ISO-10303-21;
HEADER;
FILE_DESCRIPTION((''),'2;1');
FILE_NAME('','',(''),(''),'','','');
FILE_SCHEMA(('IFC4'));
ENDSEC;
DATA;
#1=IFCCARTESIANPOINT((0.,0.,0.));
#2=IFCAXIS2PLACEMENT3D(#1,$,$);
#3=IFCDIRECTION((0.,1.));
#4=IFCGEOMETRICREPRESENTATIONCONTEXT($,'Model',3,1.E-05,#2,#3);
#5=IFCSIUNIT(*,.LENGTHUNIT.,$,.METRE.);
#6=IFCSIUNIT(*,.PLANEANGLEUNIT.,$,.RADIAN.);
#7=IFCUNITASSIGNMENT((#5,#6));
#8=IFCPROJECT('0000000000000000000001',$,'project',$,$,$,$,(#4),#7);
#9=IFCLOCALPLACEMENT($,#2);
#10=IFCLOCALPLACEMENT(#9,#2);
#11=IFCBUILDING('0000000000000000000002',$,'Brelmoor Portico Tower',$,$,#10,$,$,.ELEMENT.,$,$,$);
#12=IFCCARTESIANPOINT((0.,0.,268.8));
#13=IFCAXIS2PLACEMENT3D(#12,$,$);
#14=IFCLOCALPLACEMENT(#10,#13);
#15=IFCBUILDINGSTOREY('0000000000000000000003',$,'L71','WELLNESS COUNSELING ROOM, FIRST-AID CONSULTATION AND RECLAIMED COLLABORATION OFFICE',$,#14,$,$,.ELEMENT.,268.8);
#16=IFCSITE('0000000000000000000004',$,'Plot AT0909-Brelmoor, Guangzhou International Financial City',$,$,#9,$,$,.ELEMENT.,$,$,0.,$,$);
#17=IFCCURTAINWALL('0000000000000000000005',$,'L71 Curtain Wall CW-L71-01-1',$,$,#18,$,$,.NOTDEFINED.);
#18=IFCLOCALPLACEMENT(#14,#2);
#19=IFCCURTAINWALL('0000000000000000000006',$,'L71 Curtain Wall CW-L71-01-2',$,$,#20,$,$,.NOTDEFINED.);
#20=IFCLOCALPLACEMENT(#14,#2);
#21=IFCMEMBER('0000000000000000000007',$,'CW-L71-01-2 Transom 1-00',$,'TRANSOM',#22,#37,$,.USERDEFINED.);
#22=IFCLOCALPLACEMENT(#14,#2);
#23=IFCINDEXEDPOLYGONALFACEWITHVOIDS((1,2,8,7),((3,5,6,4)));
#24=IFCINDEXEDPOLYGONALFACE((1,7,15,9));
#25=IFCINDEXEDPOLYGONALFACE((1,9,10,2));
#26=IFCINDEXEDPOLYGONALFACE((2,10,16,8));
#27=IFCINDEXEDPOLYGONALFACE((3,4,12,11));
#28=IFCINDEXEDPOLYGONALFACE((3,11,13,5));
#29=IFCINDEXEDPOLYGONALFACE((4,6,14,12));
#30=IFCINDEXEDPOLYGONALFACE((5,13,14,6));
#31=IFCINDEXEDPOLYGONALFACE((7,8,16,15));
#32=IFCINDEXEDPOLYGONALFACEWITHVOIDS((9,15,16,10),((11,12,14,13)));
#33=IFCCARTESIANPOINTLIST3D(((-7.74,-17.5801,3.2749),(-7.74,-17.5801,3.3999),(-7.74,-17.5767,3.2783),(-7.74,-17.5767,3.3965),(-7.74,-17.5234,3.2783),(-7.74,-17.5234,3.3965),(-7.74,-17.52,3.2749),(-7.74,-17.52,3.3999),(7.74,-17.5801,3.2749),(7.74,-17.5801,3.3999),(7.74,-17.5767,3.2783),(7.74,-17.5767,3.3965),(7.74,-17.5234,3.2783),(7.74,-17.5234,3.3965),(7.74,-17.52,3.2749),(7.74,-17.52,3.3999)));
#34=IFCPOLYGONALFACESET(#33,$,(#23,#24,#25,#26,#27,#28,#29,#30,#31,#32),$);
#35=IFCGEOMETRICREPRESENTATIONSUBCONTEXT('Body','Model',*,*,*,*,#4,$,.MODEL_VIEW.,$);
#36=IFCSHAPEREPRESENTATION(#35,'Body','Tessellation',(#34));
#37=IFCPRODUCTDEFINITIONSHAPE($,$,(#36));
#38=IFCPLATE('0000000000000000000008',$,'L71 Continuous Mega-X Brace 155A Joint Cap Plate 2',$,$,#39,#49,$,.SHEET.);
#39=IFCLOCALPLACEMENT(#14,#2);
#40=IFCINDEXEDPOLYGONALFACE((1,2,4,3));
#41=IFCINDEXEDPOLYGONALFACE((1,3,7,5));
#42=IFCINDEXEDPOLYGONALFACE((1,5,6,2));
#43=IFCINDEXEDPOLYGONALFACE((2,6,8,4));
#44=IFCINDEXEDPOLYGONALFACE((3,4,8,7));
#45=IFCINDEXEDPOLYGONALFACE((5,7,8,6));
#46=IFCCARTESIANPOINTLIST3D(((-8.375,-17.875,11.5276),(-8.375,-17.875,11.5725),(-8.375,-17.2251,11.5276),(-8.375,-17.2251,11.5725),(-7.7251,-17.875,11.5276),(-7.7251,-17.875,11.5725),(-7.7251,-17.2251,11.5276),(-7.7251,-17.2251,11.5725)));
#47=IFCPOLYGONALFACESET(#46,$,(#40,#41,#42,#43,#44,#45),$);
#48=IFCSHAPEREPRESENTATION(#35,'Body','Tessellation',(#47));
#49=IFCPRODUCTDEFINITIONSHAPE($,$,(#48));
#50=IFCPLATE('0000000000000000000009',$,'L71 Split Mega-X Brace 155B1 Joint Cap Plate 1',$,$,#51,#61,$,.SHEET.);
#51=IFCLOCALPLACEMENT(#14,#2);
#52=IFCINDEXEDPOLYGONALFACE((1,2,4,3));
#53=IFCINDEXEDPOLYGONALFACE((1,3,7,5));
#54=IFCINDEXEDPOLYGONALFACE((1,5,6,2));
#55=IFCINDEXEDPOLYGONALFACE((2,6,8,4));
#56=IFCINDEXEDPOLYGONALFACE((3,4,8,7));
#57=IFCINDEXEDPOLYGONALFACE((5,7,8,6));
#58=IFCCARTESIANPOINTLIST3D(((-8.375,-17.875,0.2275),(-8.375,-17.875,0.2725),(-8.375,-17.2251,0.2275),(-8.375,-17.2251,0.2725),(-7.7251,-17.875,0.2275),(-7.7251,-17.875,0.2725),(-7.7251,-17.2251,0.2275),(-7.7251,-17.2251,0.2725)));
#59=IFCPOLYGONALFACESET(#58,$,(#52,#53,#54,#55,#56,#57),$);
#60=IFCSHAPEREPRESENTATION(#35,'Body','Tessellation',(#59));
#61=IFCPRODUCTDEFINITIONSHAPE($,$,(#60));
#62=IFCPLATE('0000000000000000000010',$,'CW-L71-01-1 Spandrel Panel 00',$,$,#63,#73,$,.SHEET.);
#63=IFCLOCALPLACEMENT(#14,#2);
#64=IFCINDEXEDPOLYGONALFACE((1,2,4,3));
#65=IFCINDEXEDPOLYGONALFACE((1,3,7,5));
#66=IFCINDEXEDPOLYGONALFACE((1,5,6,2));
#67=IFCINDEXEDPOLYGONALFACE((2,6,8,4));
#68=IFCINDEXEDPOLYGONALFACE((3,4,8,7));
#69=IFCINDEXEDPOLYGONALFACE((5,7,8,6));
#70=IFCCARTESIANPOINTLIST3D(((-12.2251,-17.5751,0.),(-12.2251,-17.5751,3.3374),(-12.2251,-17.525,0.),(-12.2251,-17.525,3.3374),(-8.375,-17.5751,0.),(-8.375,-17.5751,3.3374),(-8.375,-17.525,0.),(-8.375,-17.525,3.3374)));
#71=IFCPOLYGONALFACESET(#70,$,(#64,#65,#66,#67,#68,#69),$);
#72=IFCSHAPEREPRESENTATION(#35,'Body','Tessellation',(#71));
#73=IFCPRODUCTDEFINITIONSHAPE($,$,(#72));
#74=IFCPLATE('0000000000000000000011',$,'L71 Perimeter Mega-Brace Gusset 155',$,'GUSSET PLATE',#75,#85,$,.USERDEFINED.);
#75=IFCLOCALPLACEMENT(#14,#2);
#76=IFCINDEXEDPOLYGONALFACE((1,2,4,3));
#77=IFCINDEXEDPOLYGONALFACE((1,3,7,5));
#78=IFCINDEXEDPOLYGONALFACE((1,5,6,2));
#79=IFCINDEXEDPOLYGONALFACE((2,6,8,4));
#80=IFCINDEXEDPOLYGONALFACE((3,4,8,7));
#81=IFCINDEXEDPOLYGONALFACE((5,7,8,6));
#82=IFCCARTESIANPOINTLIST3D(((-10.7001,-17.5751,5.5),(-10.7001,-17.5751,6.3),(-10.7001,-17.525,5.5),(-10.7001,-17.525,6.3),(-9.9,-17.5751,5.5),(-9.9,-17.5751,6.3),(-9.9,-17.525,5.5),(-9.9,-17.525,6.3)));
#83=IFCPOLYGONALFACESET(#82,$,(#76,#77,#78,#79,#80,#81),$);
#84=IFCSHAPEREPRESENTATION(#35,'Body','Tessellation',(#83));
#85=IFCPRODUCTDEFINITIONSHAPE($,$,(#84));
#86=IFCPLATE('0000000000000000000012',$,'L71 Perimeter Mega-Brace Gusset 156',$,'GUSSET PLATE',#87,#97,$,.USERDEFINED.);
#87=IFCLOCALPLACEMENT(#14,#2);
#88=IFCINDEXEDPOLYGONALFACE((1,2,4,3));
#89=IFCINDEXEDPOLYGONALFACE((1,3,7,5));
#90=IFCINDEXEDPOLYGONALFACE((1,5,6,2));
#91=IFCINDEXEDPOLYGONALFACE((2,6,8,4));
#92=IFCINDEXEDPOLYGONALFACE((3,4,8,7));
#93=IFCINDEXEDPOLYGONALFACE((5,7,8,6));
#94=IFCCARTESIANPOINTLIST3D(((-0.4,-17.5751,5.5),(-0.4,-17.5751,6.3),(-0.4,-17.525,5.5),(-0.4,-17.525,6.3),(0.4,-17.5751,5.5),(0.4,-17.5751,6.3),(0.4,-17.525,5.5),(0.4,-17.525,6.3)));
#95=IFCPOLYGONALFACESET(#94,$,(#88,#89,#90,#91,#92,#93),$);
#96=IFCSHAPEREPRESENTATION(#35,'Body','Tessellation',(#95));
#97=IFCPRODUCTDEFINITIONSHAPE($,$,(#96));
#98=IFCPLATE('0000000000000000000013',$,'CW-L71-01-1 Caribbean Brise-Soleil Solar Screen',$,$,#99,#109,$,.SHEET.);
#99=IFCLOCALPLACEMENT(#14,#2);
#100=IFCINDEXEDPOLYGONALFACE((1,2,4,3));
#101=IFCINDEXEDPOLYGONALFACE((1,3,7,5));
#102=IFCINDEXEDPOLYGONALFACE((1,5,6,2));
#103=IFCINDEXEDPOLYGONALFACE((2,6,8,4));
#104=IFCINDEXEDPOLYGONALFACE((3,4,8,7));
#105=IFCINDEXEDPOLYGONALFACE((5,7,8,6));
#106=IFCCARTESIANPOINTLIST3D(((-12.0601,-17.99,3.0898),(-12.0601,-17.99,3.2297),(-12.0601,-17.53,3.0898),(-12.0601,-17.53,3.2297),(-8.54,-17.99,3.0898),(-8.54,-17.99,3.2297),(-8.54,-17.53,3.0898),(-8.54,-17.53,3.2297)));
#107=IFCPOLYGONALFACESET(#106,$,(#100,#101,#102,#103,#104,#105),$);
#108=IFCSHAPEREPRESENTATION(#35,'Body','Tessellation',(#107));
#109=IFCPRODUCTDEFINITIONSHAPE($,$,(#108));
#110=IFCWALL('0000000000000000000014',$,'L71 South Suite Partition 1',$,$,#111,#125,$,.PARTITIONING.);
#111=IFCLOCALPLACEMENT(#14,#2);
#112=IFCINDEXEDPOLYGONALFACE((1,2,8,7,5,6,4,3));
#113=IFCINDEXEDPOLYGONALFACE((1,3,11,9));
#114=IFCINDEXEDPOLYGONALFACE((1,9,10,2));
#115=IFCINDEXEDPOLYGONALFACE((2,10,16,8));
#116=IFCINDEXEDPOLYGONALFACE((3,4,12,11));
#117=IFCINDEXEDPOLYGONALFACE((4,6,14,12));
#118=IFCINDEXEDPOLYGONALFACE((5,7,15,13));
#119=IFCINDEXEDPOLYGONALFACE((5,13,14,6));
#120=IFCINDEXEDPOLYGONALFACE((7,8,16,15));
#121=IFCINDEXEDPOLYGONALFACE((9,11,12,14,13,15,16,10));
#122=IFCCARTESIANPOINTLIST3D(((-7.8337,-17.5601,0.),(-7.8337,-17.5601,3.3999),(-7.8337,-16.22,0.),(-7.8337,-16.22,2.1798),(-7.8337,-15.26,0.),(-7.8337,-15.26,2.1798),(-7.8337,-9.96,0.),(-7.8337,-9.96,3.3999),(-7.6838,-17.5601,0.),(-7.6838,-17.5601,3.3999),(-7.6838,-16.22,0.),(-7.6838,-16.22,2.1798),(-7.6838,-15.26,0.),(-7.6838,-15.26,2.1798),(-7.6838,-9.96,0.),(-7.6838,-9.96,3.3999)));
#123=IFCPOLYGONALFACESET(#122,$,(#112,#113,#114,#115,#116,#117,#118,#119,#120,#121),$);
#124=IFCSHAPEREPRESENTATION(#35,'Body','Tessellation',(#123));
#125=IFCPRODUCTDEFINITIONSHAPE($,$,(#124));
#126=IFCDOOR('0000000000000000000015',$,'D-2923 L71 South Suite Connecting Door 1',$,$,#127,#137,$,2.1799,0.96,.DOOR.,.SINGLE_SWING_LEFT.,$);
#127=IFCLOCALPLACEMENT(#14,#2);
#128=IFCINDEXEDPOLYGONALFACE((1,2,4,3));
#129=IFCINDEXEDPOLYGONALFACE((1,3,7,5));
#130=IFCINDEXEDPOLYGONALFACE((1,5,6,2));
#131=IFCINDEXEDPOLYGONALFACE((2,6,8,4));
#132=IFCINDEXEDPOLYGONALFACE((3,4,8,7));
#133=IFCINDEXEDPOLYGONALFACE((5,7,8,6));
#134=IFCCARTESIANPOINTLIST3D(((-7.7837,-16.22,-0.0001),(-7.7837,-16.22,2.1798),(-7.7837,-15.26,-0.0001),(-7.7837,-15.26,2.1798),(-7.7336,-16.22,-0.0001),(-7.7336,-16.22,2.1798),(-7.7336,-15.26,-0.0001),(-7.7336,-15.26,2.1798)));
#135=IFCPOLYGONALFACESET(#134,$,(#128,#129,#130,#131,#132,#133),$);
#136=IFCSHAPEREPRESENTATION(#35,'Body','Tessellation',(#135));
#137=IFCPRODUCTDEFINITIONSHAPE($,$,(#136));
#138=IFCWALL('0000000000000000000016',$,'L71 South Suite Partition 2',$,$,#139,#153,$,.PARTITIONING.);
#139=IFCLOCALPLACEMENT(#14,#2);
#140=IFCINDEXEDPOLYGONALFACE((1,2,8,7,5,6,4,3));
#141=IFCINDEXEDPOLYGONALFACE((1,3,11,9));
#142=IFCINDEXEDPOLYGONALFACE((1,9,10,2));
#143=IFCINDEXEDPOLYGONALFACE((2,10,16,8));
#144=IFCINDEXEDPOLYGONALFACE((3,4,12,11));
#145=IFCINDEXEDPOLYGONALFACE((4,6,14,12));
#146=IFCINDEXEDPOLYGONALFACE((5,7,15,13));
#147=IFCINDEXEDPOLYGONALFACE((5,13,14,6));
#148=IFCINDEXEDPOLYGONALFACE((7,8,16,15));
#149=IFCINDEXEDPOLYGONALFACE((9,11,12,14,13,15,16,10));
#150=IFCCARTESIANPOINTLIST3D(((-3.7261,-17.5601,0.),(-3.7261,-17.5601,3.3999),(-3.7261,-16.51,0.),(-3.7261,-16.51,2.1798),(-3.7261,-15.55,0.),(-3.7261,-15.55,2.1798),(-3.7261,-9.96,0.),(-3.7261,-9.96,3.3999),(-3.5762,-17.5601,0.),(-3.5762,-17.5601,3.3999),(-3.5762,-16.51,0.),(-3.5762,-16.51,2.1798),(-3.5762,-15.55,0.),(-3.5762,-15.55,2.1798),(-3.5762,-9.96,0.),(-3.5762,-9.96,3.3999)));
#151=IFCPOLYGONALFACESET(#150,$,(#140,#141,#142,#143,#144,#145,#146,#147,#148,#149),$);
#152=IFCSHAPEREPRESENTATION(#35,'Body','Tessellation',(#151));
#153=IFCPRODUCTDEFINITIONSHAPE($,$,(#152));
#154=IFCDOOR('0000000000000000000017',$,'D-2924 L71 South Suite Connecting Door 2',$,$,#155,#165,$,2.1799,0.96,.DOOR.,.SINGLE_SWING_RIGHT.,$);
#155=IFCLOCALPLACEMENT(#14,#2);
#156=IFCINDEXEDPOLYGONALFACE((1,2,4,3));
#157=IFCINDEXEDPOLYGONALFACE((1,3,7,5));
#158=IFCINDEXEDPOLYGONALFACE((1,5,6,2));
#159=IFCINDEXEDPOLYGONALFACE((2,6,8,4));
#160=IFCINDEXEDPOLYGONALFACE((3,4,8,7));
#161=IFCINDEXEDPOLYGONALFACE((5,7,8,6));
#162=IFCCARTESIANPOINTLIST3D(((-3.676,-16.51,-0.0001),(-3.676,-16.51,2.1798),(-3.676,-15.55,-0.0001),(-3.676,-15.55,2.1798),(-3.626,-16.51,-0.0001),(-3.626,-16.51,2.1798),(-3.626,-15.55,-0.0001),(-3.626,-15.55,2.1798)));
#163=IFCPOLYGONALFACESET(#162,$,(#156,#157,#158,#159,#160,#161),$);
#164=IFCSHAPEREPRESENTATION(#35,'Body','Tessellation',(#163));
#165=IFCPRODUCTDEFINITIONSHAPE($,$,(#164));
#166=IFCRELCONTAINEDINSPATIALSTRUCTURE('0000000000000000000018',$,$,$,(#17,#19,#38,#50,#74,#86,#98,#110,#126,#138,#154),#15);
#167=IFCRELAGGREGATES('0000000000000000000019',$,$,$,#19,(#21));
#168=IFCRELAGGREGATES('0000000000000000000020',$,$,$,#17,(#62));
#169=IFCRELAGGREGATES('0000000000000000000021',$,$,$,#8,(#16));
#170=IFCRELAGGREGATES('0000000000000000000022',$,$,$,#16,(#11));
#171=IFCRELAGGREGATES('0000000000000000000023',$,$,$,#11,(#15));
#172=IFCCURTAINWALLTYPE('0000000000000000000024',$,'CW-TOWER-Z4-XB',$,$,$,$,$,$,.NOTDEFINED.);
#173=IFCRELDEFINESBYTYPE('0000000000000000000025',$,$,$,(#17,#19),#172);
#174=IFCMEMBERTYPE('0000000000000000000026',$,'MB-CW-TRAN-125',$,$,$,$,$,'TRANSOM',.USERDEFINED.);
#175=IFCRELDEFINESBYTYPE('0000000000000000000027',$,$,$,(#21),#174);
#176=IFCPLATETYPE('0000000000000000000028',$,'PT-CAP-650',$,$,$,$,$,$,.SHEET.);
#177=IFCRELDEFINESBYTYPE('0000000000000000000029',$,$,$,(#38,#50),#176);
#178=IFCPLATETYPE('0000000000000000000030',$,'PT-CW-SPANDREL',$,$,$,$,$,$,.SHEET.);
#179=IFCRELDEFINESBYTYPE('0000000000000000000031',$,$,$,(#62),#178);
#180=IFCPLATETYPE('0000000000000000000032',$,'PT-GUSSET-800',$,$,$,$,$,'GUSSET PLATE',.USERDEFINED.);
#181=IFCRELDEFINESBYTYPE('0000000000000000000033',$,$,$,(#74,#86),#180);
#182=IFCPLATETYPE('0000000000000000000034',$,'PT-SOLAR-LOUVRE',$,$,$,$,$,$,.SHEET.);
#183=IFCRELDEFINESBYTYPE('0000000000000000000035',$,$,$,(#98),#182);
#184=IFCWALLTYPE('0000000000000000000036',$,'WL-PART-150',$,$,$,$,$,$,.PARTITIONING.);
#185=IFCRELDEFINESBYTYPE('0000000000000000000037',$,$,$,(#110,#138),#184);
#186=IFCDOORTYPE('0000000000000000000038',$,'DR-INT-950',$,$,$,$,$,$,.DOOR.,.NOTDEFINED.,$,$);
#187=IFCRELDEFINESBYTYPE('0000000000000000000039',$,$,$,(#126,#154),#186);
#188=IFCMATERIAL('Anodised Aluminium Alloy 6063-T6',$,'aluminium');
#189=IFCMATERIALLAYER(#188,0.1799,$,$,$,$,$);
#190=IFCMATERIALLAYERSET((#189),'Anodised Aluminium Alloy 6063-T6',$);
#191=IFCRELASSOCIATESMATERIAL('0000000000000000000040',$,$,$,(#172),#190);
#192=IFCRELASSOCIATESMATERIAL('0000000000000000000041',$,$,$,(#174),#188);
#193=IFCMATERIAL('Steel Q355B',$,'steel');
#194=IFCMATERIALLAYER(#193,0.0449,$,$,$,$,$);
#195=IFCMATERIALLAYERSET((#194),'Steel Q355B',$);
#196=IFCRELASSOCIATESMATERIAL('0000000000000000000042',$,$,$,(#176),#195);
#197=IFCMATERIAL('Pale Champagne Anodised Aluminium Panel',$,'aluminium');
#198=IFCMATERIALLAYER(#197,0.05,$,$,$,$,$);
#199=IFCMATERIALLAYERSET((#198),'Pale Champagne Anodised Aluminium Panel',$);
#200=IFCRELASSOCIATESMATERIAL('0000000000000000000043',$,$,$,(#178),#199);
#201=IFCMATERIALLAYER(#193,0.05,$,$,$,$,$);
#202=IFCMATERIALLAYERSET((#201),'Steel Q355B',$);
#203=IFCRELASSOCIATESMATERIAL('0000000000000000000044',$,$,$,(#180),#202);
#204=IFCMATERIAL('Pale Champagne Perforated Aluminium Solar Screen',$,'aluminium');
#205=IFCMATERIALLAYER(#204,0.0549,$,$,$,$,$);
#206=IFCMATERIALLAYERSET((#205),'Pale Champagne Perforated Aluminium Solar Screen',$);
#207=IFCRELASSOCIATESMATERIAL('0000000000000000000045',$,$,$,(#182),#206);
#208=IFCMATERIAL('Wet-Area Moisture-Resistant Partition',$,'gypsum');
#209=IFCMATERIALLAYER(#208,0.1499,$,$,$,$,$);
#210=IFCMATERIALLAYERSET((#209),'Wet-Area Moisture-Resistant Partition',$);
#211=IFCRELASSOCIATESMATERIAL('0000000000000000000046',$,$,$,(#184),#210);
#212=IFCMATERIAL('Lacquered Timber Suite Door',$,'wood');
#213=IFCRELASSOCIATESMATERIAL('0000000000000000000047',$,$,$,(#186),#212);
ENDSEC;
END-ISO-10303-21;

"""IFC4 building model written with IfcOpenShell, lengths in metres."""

from ifc_helpers import new_model, si_unit, direction, frame, frame_2d, origin, origin_2d, place, context, subcontext, project, spatial, rectangle, hollow_rectangle, extrude, material, layer, layer_set, material_profile, profile_set, type_object, element, fill, aggregate, save


model = new_model("IFC4")

# Units and contexts
model_context = context("Model", 3, precision=1e-05, world=origin(), true_north=direction((0.0, 1.0)))
body_context = subcontext(model_context, "Body", "Model", "MODEL_VIEW")
ifc_project = project(units=[si_unit("LENGTHUNIT", "METRE"), si_unit("PLANEANGLEUNIT", "RADIAN")], contexts=[model_context])

# Site, building, storey
site_placement = place(None, origin())
site = spatial("IfcSite", under=ifc_project, at=site_placement, Name="Plot AT0909-Brelmoor, Guangzhou International Financial City", CompositionType="ELEMENT", RefElevation=0.0)
building_placement = place(site_placement, origin())
building = spatial("IfcBuilding", under=site, at=building_placement, Name="Brelmoor Portico Tower", CompositionType="ELEMENT")
storey_placement = place(building_placement, frame((0.0, 0.0, 268.8)))
storey = spatial("IfcBuildingStorey", under=building, at=storey_placement, Name="L71", Description="WELLNESS COUNSELING ROOM, FIRST-AID CONSULTATION AND RECLAIMED COLLABORATION OFFICE", CompositionType="ELEMENT", Elevation=268.8)

# Shared definitions
ifc_material_1 = material(Name="Steel Q355B", Category="steel")

# Curtain wall
ifc_material_2 = material(Name="Anodised Aluminium Alloy 6063-T6", Category="aluminium")
ifc_layer_1 = layer(ifc_material_2, 0.1799)
ifc_layer_set_1 = layer_set([ifc_layer_1], Name="Anodised Aluminium Alloy 6063-T6")
curtain_wall_type = type_object("IfcCurtainWallType", Name="CW-TOWER-Z4-XB", PredefinedType="NOTDEFINED", material=ifc_layer_set_1)
curtain_wall_1_placement = place(storey_placement, origin())
curtain_wall_1 = element("IfcCurtainWall", 1, at=curtain_wall_1_placement, inside=storey, type_object=curtain_wall_type, Name="L71 Curtain Wall CW-L71-01-1", PredefinedType="NOTDEFINED")

# Curtain wall, member
curtain_wall_2_placement = place(storey_placement, origin())
curtain_wall_2 = element("IfcCurtainWall", 2, at=curtain_wall_2_placement, inside=storey, type_object=curtain_wall_type, Name="L71 Curtain Wall CW-L71-01-2", PredefinedType="NOTDEFINED")
ifc_material_profile_1 = material_profile(ifc_material_2, hollow_rectangle(XDim=0.0601, YDim=0.125, WallThickness=0.0034, at=origin_2d()), Name="ALU TRANSOM 60x125")
ifc_profile_set_1 = profile_set([ifc_material_profile_1], Name="Anodised Aluminium Alloy 6063-T6")
member_type_1 = type_object("IfcMemberType", Name="MB-CW-TRAN-125", ElementType="TRANSOM", PredefinedType="USERDEFINED", material=ifc_profile_set_1)
member_1_placement = place(storey_placement, frame((-7.74, -17.55, 3.3374), z_axis=(1.0, 0.0, 0.0), x_axis=(0.0, 1.0, 0.0)))
member_1 = element("IfcMember", 3, at=member_1_placement, type_object=member_type_1, Name="CW-L71-01-2 Transom 1-00", ObjectType="TRANSOM", PredefinedType="USERDEFINED", context=body_context, shape_type="SweptSolid", body=[
    extrude(hollow_rectangle(XDim=0.0601, YDim=0.125, WallThickness=0.0034, at=origin_2d()), origin(), (0.0, 0.0, 1.0), 15.48),
])
aggregate(curtain_wall_2, [member_1])

# Plates
ifc_layer_2 = layer(ifc_material_1, 0.0449)
ifc_layer_set_2 = layer_set([ifc_layer_2], Name="Steel Q355B")
plate_type_1 = type_object("IfcPlateType", Name="PT-CAP-650", PredefinedType="SHEET", material=ifc_layer_set_2)
for number, where, z_axis, x_axis, name in (
    (4, (-8.05, -17.55, 11.5276), (0.0, 0.0, 1.0), (1.0, 0.0, 0.0), "L71 Continuous Mega-X Brace 155A Joint Cap Plate 2"),
    (5, (-8.05, -17.55, 0.2275), (0.0, 0.0, 1.0), (1.0, 0.0, 0.0), "L71 Split Mega-X Brace 155B1 Joint Cap Plate 1"),
):
    element("IfcPlate", number, at=place(storey_placement, frame(where, z_axis=z_axis, x_axis=x_axis)), inside=storey, type_object=plate_type_1, Name=name, PredefinedType="SHEET", context=body_context, shape_type="SweptSolid", body=[
        extrude(rectangle(XDim=0.6499, YDim=0.6499, at=origin_2d()), origin(), (0.0, 0.0, 1.0), 0.0449),
    ])

# Plate
ifc_material_3 = material(Name="Pale Champagne Anodised Aluminium Panel", Category="aluminium")
ifc_layer_3 = layer(ifc_material_3, 0.05)
ifc_layer_set_3 = layer_set([ifc_layer_3], Name="Pale Champagne Anodised Aluminium Panel")
plate_type_2 = type_object("IfcPlateType", Name="PT-CW-SPANDREL", PredefinedType="SHEET", material=ifc_layer_set_3)
plate_1_placement = place(storey_placement, frame((-10.3, -17.55, 0.0), z_axis=(0.0, 0.0, 1.0), x_axis=(1.0, 0.0, 0.0)))
plate_1 = element("IfcPlate", 6, at=plate_1_placement, type_object=plate_type_2, Name="CW-L71-01-1 Spandrel Panel 00", PredefinedType="SHEET", context=body_context, shape_type="SweptSolid", body=[
    extrude(rectangle(XDim=3.8501, YDim=0.05, at=origin_2d()), origin(), (0.0, 0.0, 1.0), 3.3374),
])
aggregate(curtain_wall_1, [plate_1])

# Plates
ifc_layer_4 = layer(ifc_material_1, 0.05)
ifc_layer_set_4 = layer_set([ifc_layer_4], Name="Steel Q355B")
plate_type_3 = type_object("IfcPlateType", Name="PT-GUSSET-800", ElementType="GUSSET PLATE", PredefinedType="USERDEFINED", material=ifc_layer_set_4)
for number, where, z_axis, x_axis, name in (
    (7, (-10.3, -17.55, 5.5), (0.0, 0.0, 1.0), (1.0, 0.0, 0.0), "L71 Perimeter Mega-Brace Gusset 155"),
    (8, (0.0, -17.55, 5.5), (0.0, 0.0, 1.0), (1.0, 0.0, 0.0), "L71 Perimeter Mega-Brace Gusset 156"),
):
    element("IfcPlate", number, at=place(storey_placement, frame(where, z_axis=z_axis, x_axis=x_axis)), inside=storey, type_object=plate_type_3, Name=name, ObjectType="GUSSET PLATE", PredefinedType="USERDEFINED", context=body_context, shape_type="SweptSolid", body=[
        extrude(rectangle(XDim=0.8, YDim=0.05, at=origin_2d()), origin(), (0.0, 0.0, 1.0), 0.8),
    ])
ifc_material_4 = material(Name="Pale Champagne Perforated Aluminium Solar Screen", Category="aluminium")
ifc_layer_5 = layer(ifc_material_4, 0.0549)
ifc_layer_set_5 = layer_set([ifc_layer_5], Name="Pale Champagne Perforated Aluminium Solar Screen")
plate_type_4 = type_object("IfcPlateType", Name="PT-SOLAR-LOUVRE", PredefinedType="SHEET", material=ifc_layer_set_5)
plate_2_placement = place(storey_placement, frame((-10.3, -17.76, 3.0898), z_axis=(0.0, 0.0, 1.0), x_axis=(1.0, 0.0, 0.0)))
element("IfcPlate", 9, at=plate_2_placement, inside=storey, type_object=plate_type_4, Name="CW-L71-01-1 Caribbean Brise-Soleil Solar Screen", PredefinedType="SHEET", context=body_context, shape_type="SweptSolid", body=[
    extrude(rectangle(XDim=3.52, YDim=0.46, at=origin_2d()), origin(), (0.0, 0.0, 1.0), 0.1399),
])

# Walls, openings, doors
ifc_material_5 = material(Name="Wet-Area Moisture-Resistant Partition", Category="gypsum")
ifc_layer_6 = layer(ifc_material_5, 0.1499)
ifc_layer_set_6 = layer_set([ifc_layer_6], Name="Wet-Area Moisture-Resistant Partition")
wall_type = type_object("IfcWallType", Name="WL-PART-150", PredefinedType="PARTITIONING", material=ifc_layer_set_6)
wall_1_placement = place(storey_placement, frame((-7.7588, -17.5601, 0.0), z_axis=(0.0, 0.0, 1.0), x_axis=(0.0, 1.0, 0.0)))
wall_1 = element("IfcWall", 10, at=wall_1_placement, inside=storey, type_object=wall_type, Name="L71 South Suite Partition 1", PredefinedType="PARTITIONING", context=body_context, shape_type="SweptSolid", body=[
    extrude(rectangle(XDim=7.6001, YDim=0.1499, at=frame_2d((3.8, 0.0))), origin(), (0.0, 0.0, 1.0), 3.3999),
])
opening_1_placement = place(wall_1_placement, frame((1.3401, 0.0, 0.0)))
opening_1 = element("IfcOpeningElement", 11, at=opening_1_placement, cuts=wall_1, PredefinedType="OPENING", context=body_context, shape_type="SweptSolid", body=[
    extrude(rectangle(XDim=0.96, YDim=2.1799, at=frame_2d((0.48, 1.0898))), frame((0.0, 0.085, 0.0), z_axis=(0.0, -1.0, 0.0), x_axis=(1.0, 0.0, 0.0)), (0.0, 0.0, 1.0), 0.1699),
])
ifc_material_6 = material(Name="Lacquered Timber Suite Door", Category="wood")
door_type = type_object("IfcDoorType", Name="DR-INT-950", OperationType="NOTDEFINED", PredefinedType="DOOR", material=ifc_material_6)
door_1_placement = place(opening_1_placement, origin())
door_1 = element("IfcDoor", 12, at=door_1_placement, inside=storey, type_object=door_type, Name="D-2923 L71 South Suite Connecting Door 1", OperationType="SINGLE_SWING_LEFT", OverallHeight=2.1799, OverallWidth=0.96, PredefinedType="DOOR", context=body_context, shape_type="SweptSolid", body=[
    extrude(rectangle(XDim=0.96, YDim=2.1799, at=frame_2d((0.48, 1.0898))), frame((0.0, 0.0249, 0.0), z_axis=(0.0, -1.0, 0.0), x_axis=(1.0, 0.0, 0.0)), (0.0, 0.0, 1.0), 0.05),
])
fill(opening_1, door_1)
wall_2_placement = place(storey_placement, frame((-3.6511, -17.5601, 0.0), z_axis=(0.0, 0.0, 1.0), x_axis=(0.0, 1.0, 0.0)))
wall_2 = element("IfcWall", 13, at=wall_2_placement, inside=storey, type_object=wall_type, Name="L71 South Suite Partition 2", PredefinedType="PARTITIONING", context=body_context, shape_type="SweptSolid", body=[
    extrude(rectangle(XDim=7.6001, YDim=0.1499, at=frame_2d((3.8, 0.0))), origin(), (0.0, 0.0, 1.0), 3.3999),
])
opening_2_placement = place(wall_2_placement, frame((1.05, 0.0, 0.0)))
opening_2 = element("IfcOpeningElement", 14, at=opening_2_placement, cuts=wall_2, PredefinedType="OPENING", context=body_context, shape_type="SweptSolid", body=[
    extrude(rectangle(XDim=0.96, YDim=2.1799, at=frame_2d((0.48, 1.0898))), frame((0.0, 0.085, 0.0), z_axis=(0.0, -1.0, 0.0), x_axis=(1.0, 0.0, 0.0)), (0.0, 0.0, 1.0), 0.1699),
])
door_2_placement = place(opening_2_placement, origin())
door_2 = element("IfcDoor", 15, at=door_2_placement, inside=storey, type_object=door_type, Name="D-2924 L71 South Suite Connecting Door 2", OperationType="SINGLE_SWING_RIGHT", OverallHeight=2.1799, OverallWidth=0.96, PredefinedType="DOOR", context=body_context, shape_type="SweptSolid", body=[
    extrude(rectangle(XDim=0.96, YDim=2.1799, at=frame_2d((0.48, 1.0898))), frame((0.0, 0.0249, 0.0), z_axis=(0.0, -1.0, 0.0), x_axis=(1.0, 0.0, 0.0)), (0.0, 0.0, 1.0), 0.05),
])
fill(opening_2, door_2)

save(model, "model.ifc")
